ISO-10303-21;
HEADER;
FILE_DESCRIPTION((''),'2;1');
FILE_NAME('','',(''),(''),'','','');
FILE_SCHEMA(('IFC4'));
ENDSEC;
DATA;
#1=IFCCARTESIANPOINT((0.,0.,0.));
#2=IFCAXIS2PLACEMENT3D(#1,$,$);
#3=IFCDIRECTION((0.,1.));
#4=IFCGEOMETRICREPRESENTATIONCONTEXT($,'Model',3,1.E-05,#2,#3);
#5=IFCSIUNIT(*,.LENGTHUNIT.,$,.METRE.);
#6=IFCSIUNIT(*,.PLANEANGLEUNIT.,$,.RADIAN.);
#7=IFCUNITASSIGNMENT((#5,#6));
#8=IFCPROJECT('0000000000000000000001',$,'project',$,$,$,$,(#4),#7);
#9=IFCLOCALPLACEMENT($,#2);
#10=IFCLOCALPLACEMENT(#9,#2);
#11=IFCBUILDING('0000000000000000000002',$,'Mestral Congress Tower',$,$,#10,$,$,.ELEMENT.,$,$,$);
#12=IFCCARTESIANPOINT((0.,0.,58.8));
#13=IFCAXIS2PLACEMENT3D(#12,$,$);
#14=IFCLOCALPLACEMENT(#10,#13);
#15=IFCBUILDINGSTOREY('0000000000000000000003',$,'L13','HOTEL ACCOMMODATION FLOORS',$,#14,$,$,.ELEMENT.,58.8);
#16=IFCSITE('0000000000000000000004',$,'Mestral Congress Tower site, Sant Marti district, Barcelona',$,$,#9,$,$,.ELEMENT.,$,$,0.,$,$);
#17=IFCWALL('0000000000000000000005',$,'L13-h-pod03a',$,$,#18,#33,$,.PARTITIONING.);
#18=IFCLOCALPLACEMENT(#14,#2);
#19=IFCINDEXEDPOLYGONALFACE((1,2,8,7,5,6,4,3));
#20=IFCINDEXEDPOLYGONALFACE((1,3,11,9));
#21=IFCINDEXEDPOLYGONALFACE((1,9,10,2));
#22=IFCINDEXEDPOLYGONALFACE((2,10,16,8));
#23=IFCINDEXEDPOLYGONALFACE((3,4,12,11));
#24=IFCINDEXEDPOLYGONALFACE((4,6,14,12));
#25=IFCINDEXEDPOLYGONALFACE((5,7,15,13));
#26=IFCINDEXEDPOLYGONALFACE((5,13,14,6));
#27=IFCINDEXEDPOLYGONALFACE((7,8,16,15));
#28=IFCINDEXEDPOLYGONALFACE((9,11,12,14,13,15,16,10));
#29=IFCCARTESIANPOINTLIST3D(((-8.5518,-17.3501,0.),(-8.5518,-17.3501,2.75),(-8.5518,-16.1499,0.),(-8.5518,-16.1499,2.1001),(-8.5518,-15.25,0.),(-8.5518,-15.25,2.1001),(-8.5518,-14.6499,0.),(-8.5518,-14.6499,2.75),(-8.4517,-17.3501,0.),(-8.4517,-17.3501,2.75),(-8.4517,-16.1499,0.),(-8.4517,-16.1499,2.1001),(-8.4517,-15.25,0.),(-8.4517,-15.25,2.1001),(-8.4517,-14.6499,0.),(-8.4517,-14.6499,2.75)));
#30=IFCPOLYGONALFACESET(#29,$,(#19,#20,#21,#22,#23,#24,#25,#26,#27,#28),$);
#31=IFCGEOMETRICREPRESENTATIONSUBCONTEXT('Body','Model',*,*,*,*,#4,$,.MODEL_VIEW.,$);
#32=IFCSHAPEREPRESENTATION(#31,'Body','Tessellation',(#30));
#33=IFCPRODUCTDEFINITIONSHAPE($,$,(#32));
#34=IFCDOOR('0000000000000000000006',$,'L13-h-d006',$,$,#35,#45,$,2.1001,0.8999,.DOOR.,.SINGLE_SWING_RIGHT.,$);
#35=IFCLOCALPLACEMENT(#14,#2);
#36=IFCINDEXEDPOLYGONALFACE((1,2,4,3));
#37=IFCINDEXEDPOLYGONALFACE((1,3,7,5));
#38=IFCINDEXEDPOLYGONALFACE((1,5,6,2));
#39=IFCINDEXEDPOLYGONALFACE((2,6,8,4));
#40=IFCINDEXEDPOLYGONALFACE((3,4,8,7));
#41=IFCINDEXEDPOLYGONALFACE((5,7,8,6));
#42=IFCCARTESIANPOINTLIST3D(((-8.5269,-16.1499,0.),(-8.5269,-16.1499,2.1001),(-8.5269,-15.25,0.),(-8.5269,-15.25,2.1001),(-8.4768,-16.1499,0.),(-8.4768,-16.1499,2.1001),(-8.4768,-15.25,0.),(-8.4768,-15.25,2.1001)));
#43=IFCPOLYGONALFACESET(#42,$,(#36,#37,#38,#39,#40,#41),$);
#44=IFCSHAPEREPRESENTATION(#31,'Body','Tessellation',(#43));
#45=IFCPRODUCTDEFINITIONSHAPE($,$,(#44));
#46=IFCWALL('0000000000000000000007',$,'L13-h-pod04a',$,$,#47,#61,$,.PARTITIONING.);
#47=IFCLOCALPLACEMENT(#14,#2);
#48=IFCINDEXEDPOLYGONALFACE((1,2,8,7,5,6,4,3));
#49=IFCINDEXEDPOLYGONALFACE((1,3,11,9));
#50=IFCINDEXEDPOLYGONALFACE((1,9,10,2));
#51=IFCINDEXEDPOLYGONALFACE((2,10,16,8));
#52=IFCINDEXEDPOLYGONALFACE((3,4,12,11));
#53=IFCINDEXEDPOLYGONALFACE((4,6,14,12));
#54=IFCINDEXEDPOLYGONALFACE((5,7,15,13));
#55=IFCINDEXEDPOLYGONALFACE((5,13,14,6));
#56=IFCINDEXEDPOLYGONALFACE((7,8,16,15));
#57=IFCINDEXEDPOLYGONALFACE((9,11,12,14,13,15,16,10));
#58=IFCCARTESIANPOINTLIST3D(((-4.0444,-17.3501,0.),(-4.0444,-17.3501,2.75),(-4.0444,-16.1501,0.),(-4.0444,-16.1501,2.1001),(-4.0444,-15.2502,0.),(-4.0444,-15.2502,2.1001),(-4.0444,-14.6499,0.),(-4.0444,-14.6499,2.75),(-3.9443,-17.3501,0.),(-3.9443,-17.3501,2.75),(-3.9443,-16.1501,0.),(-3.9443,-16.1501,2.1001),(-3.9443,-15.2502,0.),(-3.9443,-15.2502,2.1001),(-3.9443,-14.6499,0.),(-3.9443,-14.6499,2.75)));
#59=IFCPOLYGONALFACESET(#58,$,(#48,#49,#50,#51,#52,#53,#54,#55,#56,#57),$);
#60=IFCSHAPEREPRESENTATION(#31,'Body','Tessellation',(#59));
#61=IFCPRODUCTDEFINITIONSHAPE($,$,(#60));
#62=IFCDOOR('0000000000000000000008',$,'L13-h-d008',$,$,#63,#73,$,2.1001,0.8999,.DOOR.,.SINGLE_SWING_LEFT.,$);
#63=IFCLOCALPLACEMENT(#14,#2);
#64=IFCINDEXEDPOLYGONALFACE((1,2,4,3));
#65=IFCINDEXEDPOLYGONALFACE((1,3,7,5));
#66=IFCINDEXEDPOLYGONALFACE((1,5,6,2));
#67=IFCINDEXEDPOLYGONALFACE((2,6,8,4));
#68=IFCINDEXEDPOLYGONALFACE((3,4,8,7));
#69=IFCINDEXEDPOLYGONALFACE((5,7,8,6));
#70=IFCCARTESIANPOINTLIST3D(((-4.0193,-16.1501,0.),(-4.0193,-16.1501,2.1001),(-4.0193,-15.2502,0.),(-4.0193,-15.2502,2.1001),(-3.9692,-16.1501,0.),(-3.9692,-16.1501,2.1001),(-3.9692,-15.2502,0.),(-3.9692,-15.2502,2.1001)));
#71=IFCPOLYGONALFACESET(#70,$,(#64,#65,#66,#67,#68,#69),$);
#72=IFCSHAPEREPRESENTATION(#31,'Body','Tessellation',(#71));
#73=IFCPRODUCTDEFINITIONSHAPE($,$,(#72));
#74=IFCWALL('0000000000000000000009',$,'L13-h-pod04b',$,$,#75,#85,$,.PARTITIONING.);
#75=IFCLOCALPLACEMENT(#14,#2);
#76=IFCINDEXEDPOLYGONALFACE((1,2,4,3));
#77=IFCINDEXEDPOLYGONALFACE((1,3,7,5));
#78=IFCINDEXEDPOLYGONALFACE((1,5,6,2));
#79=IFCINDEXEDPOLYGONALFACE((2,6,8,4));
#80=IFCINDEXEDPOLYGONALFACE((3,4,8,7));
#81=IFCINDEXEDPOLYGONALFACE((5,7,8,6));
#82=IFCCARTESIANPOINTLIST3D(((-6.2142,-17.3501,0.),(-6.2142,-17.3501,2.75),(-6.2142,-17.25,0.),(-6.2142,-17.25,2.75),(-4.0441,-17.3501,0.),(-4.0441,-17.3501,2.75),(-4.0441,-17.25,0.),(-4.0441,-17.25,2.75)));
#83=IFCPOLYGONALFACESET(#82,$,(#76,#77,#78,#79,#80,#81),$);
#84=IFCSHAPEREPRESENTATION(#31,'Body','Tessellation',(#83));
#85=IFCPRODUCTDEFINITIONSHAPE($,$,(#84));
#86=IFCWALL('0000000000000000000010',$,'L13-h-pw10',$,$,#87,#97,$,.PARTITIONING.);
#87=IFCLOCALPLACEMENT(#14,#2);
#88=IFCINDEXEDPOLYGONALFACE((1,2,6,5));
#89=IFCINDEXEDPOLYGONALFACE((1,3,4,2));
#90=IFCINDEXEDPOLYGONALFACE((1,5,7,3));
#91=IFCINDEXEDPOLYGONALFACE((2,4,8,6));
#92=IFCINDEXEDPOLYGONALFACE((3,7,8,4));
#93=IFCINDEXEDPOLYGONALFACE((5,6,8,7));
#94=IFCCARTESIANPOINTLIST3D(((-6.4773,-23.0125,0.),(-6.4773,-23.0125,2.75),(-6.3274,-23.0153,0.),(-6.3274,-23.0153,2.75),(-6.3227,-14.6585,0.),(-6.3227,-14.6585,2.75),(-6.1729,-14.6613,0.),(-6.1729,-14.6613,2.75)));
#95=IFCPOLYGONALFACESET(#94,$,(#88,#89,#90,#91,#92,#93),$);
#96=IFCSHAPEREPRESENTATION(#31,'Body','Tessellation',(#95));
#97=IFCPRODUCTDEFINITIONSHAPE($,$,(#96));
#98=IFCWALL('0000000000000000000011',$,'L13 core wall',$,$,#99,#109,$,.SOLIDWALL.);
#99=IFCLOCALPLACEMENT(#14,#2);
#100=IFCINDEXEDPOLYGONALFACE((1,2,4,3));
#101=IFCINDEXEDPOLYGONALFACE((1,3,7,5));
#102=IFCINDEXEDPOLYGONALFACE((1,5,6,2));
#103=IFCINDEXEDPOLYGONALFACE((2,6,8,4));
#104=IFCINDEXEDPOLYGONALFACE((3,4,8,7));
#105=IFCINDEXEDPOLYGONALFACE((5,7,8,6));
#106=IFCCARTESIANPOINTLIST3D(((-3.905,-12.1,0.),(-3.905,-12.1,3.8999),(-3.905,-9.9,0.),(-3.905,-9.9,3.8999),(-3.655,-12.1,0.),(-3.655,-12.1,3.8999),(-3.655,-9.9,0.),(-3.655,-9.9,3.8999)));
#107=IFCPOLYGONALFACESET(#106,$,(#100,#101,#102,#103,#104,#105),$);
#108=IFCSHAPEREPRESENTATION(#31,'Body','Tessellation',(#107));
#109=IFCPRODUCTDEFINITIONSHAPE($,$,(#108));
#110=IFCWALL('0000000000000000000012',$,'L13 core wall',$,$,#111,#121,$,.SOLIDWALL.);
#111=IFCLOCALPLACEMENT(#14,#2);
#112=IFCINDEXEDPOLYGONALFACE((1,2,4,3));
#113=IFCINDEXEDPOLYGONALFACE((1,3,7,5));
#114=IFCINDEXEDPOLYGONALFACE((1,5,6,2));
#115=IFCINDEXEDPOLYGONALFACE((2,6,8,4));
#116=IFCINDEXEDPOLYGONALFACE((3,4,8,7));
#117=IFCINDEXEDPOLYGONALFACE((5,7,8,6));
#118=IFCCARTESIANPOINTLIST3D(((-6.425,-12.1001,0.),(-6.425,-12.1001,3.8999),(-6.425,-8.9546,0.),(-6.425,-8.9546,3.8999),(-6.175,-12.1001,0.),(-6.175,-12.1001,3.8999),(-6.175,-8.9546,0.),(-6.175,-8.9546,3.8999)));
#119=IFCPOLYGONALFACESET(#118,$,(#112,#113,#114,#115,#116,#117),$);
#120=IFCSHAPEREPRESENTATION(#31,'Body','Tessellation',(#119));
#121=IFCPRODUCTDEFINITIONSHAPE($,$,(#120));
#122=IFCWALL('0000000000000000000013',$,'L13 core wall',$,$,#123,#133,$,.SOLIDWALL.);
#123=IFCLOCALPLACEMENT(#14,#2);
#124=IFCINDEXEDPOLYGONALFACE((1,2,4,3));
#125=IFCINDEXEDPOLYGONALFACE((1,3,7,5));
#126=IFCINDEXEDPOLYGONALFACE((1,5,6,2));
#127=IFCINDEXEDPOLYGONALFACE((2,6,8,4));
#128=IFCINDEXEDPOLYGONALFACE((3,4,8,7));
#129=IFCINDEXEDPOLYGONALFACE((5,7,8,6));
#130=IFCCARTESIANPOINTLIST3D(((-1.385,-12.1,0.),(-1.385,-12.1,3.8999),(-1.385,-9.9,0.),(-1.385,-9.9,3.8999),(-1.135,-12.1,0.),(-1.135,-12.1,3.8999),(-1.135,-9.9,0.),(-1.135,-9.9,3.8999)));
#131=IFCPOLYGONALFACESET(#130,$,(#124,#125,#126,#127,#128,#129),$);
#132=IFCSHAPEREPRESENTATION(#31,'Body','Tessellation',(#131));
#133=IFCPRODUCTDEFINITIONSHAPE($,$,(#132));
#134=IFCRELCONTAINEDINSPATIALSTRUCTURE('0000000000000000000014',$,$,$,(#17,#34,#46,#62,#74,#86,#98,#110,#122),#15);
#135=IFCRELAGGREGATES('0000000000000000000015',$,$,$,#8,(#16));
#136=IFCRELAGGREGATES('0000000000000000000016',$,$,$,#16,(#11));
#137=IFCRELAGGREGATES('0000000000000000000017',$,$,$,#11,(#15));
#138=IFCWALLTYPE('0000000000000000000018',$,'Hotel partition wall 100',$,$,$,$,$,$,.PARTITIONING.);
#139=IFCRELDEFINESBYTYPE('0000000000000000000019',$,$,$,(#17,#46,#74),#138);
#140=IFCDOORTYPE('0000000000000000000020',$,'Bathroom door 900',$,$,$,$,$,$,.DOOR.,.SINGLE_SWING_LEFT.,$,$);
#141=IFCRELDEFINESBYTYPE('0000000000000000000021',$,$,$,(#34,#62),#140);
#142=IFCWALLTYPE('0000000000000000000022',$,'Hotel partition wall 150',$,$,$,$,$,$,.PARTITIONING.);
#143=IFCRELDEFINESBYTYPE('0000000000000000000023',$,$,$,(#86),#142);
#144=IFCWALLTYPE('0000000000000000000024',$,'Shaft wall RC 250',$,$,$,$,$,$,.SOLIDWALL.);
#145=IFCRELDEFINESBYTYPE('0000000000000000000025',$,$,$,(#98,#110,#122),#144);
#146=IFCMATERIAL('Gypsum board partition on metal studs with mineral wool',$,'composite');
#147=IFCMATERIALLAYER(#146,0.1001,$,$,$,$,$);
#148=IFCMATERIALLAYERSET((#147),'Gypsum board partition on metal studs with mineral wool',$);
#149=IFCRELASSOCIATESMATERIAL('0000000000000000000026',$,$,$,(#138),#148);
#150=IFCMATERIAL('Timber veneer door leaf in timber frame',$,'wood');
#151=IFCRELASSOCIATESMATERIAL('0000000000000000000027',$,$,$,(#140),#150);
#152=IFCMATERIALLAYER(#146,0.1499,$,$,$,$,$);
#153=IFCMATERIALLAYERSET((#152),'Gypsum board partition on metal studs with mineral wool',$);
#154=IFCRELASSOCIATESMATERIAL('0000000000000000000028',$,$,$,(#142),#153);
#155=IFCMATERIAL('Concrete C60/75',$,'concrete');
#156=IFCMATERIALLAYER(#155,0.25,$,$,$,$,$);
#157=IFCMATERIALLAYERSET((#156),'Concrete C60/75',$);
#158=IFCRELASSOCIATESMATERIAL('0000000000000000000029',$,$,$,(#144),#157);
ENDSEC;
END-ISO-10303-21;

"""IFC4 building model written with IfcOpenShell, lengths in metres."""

from ifc_helpers import new_model, si_unit, direction, frame, frame_2d, origin, place, context, subcontext, project, spatial, rectangle, extrude, material, layer, layer_set, type_object, element, fill, save


model = new_model("IFC4")

# Units and contexts
model_context = context("Model", 3, precision=1e-05, world=origin(), true_north=direction((0.0, 1.0)))
body_context = subcontext(model_context, "Body", "Model", "MODEL_VIEW")
ifc_project = project(units=[si_unit("LENGTHUNIT", "METRE"), si_unit("PLANEANGLEUNIT", "RADIAN")], contexts=[model_context])

# Site, building, storey
site_placement = place(None, origin())
site = spatial("IfcSite", under=ifc_project, at=site_placement, Name="Mestral Congress Tower site, Sant Marti district, Barcelona", CompositionType="ELEMENT", RefElevation=0.0)
building_placement = place(site_placement, origin())
building = spatial("IfcBuilding", under=site, at=building_placement, Name="Mestral Congress Tower", CompositionType="ELEMENT")
storey_placement = place(building_placement, frame((0.0, 0.0, 58.8)))
storey = spatial("IfcBuildingStorey", under=building, at=storey_placement, Name="L13", Description="HOTEL ACCOMMODATION FLOORS", CompositionType="ELEMENT", Elevation=58.8)

# Wall, opening, door
ifc_material_1 = material(Name="Gypsum board partition on metal studs with mineral wool", Category="composite")
ifc_layer_1 = layer(ifc_material_1, 0.1001)
ifc_layer_set_1 = layer_set([ifc_layer_1], Name="Gypsum board partition on metal studs with mineral wool")
wall_type_1 = type_object("IfcWallType", Name="Hotel partition wall 100", PredefinedType="PARTITIONING", material=ifc_layer_set_1)
wall_1_placement = place(storey_placement, frame((-8.5017, -14.6499, 0.0), z_axis=(0.0, 0.0, 1.0), x_axis=(0.0, -1.0, 0.0)))
wall_1 = element("IfcWall", 1, at=wall_1_placement, inside=storey, type_object=wall_type_1, Name="L13-h-pod03a", PredefinedType="PARTITIONING", context=body_context, shape_type="SweptSolid", body=[
    extrude(rectangle(XDim=2.7002, YDim=0.1001, at=frame_2d((1.3501, 0.0))), origin(), (0.0, 0.0, 1.0), 2.75),
])
opening_1_placement = place(wall_1_placement, frame((0.6001, 0.0, 0.0)))
opening_1 = element("IfcOpeningElement", 2, at=opening_1_placement, cuts=wall_1, PredefinedType="OPENING", context=body_context, shape_type="SweptSolid", body=[
    extrude(rectangle(XDim=0.8999, YDim=2.1001, at=frame_2d((0.45, 1.05))), frame((0.0, 0.0601, 0.0), z_axis=(0.0, -1.0, 0.0), x_axis=(1.0, 0.0, 0.0)), (0.0, 0.0, 1.0), 0.1201),
])
ifc_material_2 = material(Name="Timber veneer door leaf in timber frame", Category="wood")
door_type = type_object("IfcDoorType", Name="Bathroom door 900", OperationType="SINGLE_SWING_LEFT", PredefinedType="DOOR", material=ifc_material_2)
door_1_placement = place(opening_1_placement, origin())
door_1 = element("IfcDoor", 3, at=door_1_placement, inside=storey, type_object=door_type, Name="L13-h-d006", OperationType="SINGLE_SWING_RIGHT", OverallHeight=2.1001, OverallWidth=0.8999, PredefinedType="DOOR", context=body_context, shape_type="SweptSolid", body=[
    extrude(rectangle(XDim=0.8999, YDim=2.1001, at=frame_2d((0.45, 1.05))), frame((0.0, 0.0249, 0.0), z_axis=(0.0, -1.0, 0.0), x_axis=(1.0, 0.0, 0.0)), (0.0, 0.0, 1.0), 0.05),
])
fill(opening_1, door_1)

# Wall, opening, door
wall_2_placement = place(storey_placement, frame((-3.9944, -17.3501, 0.0), z_axis=(0.0, 0.0, 1.0), x_axis=(0.0, 1.0, 0.0)))
wall_2 = element("IfcWall", 4, at=wall_2_placement, inside=storey, type_object=wall_type_1, Name="L13-h-pod04a", PredefinedType="PARTITIONING", context=body_context, shape_type="SweptSolid", body=[
    extrude(rectangle(XDim=2.7002, YDim=0.1001, at=frame_2d((1.3501, 0.0))), origin(), (0.0, 0.0, 1.0), 2.75),
])
opening_2_placement = place(wall_2_placement, frame((1.2, 0.0, 0.0)))
opening_2 = element("IfcOpeningElement", 5, at=opening_2_placement, cuts=wall_2, PredefinedType="OPENING", context=body_context, shape_type="SweptSolid", body=[
    extrude(rectangle(XDim=0.8999, YDim=2.1001, at=frame_2d((0.45, 1.05))), frame((0.0, 0.0601, 0.0), z_axis=(0.0, -1.0, 0.0), x_axis=(1.0, 0.0, 0.0)), (0.0, 0.0, 1.0), 0.1201),
])
door_2_placement = place(opening_2_placement, origin())
door_2 = element("IfcDoor", 6, at=door_2_placement, inside=storey, type_object=door_type, Name="L13-h-d008", OperationType="SINGLE_SWING_LEFT", OverallHeight=2.1001, OverallWidth=0.8999, PredefinedType="DOOR", context=body_context, shape_type="SweptSolid", body=[
    extrude(rectangle(XDim=0.8999, YDim=2.1001, at=frame_2d((0.45, 1.05))), frame((0.0, 0.0249, 0.0), z_axis=(0.0, -1.0, 0.0), x_axis=(1.0, 0.0, 0.0)), (0.0, 0.0, 1.0), 0.05),
])
fill(opening_2, door_2)

# Walls
wall_3_placement = place(storey_placement, frame((-4.0442, -17.3, 0.0), z_axis=(0.0, 0.0, 1.0), x_axis=(-1.0, 0.0, 0.0)))
element("IfcWall", 7, at=wall_3_placement, inside=storey, type_object=wall_type_1, Name="L13-h-pod04b", PredefinedType="PARTITIONING", context=body_context, shape_type="SweptSolid", body=[
    extrude(rectangle(XDim=2.1702, YDim=0.1001, at=frame_2d((1.085, 0.0))), origin(), (0.0, 0.0, 1.0), 2.75),
])
ifc_layer_2 = layer(ifc_material_1, 0.1499)
ifc_layer_set_2 = layer_set([ifc_layer_2], Name="Gypsum board partition on metal studs with mineral wool")
wall_type_2 = type_object("IfcWallType", Name="Hotel partition wall 150", PredefinedType="PARTITIONING", material=ifc_layer_set_2)
wall_4_placement = place(storey_placement, frame((-6.4023, -23.0139, 0.0), z_axis=(0.0, 0.0, 1.0), x_axis=(0.018496, 0.999829, 0.0)))
element("IfcWall", 8, at=wall_4_placement, inside=storey, type_object=wall_type_2, Name="L13-h-pw10", PredefinedType="PARTITIONING", context=body_context, shape_type="SweptSolid", body=[
    extrude(rectangle(XDim=8.3555, YDim=0.1499, at=frame_2d((4.1777, 0.0))), origin(), (0.0, 0.0, 1.0), 2.75),
])
ifc_material_3 = material(Name="Concrete C60/75", Category="concrete")
ifc_layer_3 = layer(ifc_material_3, 0.25)
ifc_layer_set_3 = layer_set([ifc_layer_3], Name="Concrete C60/75")
wall_type_3 = type_object("IfcWallType", Name="Shaft wall RC 250", PredefinedType="SOLIDWALL", material=ifc_layer_set_3)
wall_5_placement = place(storey_placement, frame((-3.78, -12.1001, 0.0), z_axis=(0.0, 0.0, 1.0), x_axis=(0.0, 1.0, 0.0)))
element("IfcWall", 9, at=wall_5_placement, inside=storey, type_object=wall_type_3, Name="L13 core wall", PredefinedType="SOLIDWALL", context=body_context, shape_type="SweptSolid", body=[
    extrude(rectangle(XDim=2.2, YDim=0.25, at=frame_2d((1.1001, 0.0))), origin(), (0.0, 0.0, 1.0), 3.8999),
])
wall_6_placement = place(storey_placement, frame((-6.3, -12.1001, 0.0), z_axis=(0.0, 0.0, 1.0), x_axis=(0.0, 1.0, 0.0)))
element("IfcWall", 10, at=wall_6_placement, inside=storey, type_object=wall_type_3, Name="L13 core wall", PredefinedType="SOLIDWALL", context=body_context, shape_type="SweptSolid", body=[
    extrude(rectangle(XDim=3.1455, YDim=0.25, at=frame_2d((1.5728, 0.0))), origin(), (0.0, 0.0, 1.0), 3.8999),
])
wall_7_placement = place(storey_placement, frame((-1.26, -12.1001, 0.0), z_axis=(0.0, 0.0, 1.0), x_axis=(0.0, 1.0, 0.0)))
element("IfcWall", 11, at=wall_7_placement, inside=storey, type_object=wall_type_3, Name="L13 core wall", PredefinedType="SOLIDWALL", context=body_context, shape_type="SweptSolid", body=[
    extrude(rectangle(XDim=2.2, YDim=0.25, at=frame_2d((1.1001, 0.0))), origin(), (0.0, 0.0, 1.0), 3.8999),
])

save(model, "model.ifc")
